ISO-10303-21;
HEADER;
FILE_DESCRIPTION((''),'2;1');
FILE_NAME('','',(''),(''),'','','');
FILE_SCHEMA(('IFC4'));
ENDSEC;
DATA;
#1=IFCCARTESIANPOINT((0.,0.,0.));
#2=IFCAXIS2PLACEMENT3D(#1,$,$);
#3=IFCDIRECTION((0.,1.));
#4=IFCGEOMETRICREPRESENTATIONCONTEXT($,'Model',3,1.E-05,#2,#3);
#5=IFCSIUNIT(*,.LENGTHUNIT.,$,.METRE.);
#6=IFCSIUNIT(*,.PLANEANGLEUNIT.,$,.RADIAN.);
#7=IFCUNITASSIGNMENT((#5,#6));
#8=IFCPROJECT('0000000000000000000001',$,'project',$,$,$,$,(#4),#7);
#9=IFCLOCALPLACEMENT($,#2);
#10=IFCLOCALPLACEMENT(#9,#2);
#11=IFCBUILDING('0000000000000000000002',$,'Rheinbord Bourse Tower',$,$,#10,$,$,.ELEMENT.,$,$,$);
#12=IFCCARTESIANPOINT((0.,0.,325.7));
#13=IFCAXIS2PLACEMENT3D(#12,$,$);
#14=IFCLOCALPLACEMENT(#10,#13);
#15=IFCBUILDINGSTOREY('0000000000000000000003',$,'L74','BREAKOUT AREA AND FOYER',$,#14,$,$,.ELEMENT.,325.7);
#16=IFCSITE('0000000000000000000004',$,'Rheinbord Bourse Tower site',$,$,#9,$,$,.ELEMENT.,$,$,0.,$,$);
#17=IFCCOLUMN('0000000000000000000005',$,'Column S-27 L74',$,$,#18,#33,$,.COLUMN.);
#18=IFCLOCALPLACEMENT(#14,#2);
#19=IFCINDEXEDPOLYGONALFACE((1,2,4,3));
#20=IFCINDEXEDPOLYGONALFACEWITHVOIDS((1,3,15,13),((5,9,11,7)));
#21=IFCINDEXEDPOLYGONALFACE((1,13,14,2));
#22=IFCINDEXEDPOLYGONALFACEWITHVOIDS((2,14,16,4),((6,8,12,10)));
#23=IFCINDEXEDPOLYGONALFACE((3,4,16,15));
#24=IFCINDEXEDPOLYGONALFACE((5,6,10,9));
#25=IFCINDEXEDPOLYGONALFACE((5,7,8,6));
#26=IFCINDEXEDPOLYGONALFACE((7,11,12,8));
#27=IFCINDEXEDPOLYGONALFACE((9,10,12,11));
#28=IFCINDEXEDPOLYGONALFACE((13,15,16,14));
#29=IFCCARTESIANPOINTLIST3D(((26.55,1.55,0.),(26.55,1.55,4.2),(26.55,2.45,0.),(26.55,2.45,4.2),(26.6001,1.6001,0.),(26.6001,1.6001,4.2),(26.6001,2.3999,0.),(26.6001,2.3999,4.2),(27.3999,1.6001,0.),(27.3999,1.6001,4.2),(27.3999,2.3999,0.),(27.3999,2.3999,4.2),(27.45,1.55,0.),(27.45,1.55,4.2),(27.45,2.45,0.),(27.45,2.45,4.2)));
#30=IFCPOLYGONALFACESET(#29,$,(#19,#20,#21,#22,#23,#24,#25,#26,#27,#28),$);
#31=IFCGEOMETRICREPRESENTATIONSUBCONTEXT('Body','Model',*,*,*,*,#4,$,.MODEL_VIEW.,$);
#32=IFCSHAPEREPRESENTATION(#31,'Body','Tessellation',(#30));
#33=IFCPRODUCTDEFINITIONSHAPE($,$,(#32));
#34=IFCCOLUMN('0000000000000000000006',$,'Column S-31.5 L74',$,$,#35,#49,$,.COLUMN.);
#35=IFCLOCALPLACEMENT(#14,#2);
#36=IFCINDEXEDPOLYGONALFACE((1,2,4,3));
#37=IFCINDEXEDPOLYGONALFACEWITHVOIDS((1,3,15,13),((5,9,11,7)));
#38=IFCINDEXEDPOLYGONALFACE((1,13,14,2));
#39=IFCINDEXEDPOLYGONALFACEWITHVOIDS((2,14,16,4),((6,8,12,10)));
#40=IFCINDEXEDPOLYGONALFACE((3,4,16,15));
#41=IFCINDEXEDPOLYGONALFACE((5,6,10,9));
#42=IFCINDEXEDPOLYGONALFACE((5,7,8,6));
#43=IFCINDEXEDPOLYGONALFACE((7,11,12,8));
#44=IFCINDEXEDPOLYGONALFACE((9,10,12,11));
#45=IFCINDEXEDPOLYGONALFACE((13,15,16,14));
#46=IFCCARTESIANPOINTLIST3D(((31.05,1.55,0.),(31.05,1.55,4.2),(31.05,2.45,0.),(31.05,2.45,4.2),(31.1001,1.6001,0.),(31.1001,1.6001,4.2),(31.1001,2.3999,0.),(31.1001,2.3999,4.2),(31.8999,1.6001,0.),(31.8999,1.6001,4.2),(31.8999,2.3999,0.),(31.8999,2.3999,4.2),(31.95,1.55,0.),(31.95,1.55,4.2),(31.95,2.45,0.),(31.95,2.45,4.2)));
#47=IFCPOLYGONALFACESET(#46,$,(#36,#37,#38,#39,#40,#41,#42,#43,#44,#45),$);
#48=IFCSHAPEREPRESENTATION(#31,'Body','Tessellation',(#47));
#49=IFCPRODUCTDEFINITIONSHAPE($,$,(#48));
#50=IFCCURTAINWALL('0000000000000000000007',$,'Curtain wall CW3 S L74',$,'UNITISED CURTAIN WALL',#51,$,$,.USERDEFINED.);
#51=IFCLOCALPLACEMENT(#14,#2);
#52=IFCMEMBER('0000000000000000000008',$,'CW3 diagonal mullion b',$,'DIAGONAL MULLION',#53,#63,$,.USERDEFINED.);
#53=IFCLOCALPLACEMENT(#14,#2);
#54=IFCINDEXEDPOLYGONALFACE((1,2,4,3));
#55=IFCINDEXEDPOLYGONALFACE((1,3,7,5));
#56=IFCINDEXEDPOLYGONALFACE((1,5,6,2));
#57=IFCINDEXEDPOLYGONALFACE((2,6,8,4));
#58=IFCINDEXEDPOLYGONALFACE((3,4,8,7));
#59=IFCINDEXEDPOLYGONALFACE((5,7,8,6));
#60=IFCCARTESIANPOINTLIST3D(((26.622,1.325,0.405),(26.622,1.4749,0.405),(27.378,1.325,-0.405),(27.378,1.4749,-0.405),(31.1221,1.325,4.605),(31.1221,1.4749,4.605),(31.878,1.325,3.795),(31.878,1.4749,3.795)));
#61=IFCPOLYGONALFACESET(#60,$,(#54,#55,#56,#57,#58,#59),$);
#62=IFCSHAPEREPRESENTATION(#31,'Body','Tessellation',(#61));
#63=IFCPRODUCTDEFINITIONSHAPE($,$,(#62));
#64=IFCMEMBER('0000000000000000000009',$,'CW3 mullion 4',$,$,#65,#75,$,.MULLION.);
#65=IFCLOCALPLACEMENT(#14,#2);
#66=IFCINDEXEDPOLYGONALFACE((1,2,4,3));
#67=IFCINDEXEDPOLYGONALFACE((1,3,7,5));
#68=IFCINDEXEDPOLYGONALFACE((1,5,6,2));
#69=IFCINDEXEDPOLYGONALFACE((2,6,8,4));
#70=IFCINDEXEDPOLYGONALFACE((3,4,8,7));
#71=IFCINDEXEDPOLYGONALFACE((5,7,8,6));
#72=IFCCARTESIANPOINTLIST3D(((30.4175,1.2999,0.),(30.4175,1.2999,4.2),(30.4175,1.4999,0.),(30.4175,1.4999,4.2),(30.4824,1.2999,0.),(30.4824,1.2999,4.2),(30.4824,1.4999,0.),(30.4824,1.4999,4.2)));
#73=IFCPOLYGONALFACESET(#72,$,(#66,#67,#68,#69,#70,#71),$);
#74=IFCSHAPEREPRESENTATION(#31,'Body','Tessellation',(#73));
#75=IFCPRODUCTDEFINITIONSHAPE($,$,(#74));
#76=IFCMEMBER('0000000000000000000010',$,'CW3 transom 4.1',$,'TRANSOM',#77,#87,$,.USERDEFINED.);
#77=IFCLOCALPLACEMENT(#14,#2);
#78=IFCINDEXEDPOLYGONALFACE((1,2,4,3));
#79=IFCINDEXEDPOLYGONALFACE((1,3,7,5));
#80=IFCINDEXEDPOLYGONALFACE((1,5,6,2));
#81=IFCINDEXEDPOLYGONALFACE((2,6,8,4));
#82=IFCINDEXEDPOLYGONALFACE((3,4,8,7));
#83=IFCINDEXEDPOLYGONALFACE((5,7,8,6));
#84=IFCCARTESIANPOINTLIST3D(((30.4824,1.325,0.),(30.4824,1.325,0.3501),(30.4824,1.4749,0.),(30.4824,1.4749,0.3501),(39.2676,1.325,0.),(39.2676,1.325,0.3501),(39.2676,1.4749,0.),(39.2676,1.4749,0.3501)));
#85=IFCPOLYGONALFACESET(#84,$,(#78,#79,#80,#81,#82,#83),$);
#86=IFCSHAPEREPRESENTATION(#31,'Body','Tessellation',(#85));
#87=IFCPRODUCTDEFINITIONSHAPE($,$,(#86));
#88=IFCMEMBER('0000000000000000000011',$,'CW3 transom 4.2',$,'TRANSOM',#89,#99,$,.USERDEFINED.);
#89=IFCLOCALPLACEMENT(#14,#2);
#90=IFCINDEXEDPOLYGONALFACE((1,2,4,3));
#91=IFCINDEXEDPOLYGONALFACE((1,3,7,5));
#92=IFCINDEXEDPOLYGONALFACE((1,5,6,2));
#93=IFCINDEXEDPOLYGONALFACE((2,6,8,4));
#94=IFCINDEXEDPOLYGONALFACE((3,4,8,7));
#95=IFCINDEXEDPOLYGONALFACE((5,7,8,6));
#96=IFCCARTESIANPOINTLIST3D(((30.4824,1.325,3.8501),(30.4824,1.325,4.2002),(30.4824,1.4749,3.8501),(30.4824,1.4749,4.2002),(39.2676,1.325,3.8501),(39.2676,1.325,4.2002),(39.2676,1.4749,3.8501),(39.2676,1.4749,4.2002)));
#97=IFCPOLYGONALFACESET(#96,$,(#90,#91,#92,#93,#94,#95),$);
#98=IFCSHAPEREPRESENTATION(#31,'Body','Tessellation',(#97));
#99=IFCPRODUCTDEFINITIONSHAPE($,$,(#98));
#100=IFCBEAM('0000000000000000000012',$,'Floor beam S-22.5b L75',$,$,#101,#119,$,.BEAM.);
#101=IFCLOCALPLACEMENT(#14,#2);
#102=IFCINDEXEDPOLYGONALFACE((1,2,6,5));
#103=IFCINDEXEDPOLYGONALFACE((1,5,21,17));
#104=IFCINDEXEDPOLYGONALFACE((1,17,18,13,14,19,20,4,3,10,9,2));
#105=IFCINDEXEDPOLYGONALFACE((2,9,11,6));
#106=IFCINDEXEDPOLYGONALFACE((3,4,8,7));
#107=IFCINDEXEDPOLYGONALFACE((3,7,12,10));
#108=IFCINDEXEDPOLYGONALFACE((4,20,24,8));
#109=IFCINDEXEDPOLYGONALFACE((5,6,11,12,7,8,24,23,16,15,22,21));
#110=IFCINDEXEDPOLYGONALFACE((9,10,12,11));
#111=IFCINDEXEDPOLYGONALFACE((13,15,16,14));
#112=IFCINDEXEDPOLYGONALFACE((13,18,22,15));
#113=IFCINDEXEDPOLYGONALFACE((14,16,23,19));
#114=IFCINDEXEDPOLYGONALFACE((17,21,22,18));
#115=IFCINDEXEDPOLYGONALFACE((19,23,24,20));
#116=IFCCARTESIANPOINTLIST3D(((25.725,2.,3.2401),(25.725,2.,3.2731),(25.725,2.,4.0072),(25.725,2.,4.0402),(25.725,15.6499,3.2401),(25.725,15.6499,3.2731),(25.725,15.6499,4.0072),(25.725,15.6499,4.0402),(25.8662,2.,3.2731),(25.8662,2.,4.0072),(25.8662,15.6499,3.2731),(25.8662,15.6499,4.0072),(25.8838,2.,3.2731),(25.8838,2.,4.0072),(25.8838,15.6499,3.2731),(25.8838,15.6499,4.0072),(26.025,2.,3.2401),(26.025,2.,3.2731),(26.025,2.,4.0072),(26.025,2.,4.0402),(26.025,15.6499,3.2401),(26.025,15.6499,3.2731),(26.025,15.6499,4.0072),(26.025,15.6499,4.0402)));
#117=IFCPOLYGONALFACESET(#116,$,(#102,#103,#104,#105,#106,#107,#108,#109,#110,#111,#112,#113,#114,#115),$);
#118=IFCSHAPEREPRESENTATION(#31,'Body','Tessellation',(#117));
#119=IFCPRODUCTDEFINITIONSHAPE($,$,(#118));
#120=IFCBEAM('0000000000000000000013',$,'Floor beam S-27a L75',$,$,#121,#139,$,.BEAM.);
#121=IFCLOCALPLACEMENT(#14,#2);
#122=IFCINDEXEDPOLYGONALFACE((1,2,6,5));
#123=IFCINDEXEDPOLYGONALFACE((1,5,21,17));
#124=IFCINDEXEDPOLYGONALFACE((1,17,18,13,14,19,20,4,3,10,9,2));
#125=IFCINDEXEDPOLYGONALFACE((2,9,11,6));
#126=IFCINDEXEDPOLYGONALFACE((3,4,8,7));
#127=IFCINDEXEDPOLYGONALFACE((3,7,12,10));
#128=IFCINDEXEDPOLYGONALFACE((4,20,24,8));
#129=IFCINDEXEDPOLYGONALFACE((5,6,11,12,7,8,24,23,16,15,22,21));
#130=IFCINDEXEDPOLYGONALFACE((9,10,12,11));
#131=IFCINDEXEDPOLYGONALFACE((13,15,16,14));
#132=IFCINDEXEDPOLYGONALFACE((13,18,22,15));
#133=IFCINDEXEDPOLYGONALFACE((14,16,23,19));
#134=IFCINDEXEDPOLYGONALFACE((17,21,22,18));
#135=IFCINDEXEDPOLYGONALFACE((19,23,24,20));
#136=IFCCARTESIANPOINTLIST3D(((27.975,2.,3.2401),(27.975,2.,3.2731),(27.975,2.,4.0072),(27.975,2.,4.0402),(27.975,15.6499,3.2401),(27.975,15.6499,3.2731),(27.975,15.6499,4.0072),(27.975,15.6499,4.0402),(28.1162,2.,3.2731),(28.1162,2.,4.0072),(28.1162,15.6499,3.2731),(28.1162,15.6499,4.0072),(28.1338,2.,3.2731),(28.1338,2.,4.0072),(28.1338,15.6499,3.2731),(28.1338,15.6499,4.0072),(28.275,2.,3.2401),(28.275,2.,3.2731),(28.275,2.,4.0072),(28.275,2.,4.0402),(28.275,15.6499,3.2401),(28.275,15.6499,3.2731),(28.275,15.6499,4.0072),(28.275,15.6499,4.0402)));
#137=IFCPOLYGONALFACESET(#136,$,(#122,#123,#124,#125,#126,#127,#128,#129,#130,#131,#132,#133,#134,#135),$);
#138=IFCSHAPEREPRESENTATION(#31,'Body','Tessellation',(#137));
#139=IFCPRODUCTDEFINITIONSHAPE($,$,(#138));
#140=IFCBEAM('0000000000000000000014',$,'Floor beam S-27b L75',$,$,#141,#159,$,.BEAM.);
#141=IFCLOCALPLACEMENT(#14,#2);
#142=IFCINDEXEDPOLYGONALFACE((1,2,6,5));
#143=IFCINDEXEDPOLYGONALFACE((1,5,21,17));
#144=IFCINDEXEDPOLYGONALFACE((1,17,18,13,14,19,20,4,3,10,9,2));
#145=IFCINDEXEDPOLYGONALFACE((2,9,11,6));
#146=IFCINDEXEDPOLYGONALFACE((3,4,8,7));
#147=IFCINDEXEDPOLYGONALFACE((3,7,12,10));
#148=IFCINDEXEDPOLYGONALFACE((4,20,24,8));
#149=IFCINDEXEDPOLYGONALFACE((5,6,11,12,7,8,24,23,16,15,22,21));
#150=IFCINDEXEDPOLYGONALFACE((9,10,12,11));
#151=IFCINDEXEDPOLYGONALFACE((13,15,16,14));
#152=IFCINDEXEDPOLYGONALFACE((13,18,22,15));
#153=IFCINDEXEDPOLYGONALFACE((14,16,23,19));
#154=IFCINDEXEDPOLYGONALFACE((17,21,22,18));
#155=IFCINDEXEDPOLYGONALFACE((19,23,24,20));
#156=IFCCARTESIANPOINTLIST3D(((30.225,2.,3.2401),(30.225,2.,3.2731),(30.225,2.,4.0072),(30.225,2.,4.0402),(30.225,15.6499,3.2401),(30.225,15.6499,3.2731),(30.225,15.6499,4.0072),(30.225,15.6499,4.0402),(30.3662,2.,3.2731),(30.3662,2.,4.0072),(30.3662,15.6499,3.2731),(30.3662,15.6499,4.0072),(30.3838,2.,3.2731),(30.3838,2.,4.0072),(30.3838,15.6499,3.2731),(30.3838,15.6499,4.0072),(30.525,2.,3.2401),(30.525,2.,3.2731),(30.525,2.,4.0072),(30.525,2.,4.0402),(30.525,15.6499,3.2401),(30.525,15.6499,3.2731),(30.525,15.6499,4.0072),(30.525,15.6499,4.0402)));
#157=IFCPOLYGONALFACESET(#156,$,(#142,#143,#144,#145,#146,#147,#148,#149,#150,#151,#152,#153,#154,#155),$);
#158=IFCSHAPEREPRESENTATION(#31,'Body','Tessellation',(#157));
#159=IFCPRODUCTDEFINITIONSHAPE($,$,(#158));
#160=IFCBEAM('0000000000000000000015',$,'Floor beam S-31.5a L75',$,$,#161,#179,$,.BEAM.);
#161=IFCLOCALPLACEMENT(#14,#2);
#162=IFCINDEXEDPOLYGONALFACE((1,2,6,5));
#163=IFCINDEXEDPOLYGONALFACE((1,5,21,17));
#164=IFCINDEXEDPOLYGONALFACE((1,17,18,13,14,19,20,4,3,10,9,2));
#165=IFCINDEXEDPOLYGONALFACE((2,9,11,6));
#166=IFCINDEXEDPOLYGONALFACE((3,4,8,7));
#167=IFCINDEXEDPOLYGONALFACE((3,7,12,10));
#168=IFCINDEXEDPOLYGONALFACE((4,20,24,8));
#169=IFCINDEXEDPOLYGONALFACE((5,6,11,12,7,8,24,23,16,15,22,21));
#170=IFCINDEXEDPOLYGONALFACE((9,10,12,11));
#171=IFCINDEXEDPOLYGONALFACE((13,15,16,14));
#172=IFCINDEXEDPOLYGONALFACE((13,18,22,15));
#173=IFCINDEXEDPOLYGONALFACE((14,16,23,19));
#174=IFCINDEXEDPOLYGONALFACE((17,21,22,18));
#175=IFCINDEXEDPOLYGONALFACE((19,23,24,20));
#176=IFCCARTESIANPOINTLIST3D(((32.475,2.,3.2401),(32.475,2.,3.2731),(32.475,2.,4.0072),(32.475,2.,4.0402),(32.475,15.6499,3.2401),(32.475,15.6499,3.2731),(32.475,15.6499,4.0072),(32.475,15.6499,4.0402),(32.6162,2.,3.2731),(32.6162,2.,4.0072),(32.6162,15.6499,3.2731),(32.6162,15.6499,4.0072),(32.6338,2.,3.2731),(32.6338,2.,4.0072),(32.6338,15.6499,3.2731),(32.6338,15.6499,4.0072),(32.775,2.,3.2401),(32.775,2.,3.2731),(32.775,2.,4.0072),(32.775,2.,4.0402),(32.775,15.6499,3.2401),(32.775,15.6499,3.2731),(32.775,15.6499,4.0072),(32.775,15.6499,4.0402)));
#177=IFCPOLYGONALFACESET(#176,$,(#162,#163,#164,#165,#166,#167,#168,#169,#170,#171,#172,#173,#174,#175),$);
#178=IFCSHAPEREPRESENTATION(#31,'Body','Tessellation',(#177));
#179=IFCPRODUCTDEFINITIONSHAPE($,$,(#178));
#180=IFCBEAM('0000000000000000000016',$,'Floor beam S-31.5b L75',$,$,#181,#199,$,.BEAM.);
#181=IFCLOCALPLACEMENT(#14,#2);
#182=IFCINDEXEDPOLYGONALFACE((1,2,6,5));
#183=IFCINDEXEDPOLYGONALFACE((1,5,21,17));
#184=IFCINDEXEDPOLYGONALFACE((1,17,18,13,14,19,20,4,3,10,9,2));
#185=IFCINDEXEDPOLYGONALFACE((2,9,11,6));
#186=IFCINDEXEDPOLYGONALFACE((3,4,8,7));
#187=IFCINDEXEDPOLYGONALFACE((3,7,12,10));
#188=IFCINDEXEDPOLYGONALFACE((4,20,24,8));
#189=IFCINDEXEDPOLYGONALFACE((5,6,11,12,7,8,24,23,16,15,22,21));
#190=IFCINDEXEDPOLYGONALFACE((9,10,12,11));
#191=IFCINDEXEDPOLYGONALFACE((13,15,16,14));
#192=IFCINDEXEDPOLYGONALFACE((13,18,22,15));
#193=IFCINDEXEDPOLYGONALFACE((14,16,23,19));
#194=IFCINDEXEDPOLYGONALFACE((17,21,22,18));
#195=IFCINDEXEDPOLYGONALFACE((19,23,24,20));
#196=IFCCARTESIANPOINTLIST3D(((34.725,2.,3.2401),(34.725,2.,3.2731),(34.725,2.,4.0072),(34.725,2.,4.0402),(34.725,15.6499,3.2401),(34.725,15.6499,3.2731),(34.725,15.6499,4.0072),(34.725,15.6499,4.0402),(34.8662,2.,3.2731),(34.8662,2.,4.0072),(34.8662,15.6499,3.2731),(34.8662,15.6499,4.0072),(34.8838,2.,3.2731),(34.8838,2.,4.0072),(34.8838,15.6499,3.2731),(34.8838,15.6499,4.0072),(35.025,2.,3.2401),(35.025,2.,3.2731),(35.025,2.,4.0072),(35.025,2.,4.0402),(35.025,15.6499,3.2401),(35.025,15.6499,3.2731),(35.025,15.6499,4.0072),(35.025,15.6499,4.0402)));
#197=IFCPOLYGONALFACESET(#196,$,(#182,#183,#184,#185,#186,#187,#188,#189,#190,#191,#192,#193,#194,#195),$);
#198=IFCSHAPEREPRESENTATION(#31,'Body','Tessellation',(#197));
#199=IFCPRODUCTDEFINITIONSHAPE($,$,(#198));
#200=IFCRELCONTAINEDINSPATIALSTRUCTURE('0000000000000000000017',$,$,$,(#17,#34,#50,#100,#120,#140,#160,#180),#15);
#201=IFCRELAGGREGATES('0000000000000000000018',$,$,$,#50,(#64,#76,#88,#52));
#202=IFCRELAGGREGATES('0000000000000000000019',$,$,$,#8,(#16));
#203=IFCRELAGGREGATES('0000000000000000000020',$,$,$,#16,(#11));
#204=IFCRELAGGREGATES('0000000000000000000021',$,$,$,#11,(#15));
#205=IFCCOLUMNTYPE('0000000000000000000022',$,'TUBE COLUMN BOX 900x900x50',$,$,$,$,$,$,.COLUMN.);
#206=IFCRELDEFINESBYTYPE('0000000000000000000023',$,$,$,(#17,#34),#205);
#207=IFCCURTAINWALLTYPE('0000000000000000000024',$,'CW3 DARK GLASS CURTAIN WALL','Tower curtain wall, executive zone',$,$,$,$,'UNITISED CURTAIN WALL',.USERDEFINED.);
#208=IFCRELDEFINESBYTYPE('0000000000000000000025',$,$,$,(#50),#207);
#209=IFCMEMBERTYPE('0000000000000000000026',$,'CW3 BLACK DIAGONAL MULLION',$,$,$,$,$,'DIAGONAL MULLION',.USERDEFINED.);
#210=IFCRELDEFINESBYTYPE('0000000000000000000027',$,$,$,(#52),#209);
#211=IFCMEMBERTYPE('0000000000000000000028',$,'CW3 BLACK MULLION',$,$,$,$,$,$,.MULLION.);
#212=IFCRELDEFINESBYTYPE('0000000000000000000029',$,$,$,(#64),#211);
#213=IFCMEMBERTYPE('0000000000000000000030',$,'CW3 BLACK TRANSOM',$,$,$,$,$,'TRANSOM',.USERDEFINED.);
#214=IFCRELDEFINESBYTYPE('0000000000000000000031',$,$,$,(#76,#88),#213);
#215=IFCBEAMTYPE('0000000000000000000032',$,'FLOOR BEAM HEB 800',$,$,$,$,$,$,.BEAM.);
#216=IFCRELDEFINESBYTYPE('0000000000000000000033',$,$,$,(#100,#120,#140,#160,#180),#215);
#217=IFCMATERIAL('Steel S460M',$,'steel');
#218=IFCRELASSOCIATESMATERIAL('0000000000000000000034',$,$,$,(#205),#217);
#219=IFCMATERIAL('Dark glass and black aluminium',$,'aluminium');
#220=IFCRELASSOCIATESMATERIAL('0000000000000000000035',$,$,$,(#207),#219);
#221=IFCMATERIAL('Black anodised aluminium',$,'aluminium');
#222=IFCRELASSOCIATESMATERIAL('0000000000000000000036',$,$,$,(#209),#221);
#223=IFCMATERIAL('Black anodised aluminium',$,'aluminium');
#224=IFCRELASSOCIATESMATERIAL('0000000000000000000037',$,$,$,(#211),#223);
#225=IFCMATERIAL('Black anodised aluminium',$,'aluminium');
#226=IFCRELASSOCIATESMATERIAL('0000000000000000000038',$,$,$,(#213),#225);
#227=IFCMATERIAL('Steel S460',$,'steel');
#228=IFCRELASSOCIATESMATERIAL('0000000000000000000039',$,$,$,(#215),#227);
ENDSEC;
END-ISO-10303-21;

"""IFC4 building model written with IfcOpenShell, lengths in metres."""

from ifc_helpers import new_model, si_unit, direction, frame, origin, origin_2d, place, context, subcontext, project, spatial, rectangle, hollow_rectangle, i_section, extrude, material, material_profile, profile_set, type_object, element, aggregate, save


model = new_model("IFC4")

# Units and contexts
model_context = context("Model", 3, precision=1e-05, world=origin(), true_north=direction((0.0, 1.0)))
body_context = subcontext(model_context, "Body", "Model", "MODEL_VIEW")
ifc_project = project(units=[si_unit("LENGTHUNIT", "METRE"), si_unit("PLANEANGLEUNIT", "RADIAN")], contexts=[model_context])

# Site, building, storey
site_placement = place(None, origin())
site = spatial("IfcSite", under=ifc_project, at=site_placement, Name="Rheinbord Bourse Tower site", CompositionType="ELEMENT", RefElevation=0.0)
building_placement = place(site_placement, origin())
building = spatial("IfcBuilding", under=site, at=building_placement, Name="Rheinbord Bourse Tower", CompositionType="ELEMENT")
storey_placement = place(building_placement, frame((0.0, 0.0, 325.7)))
storey = spatial("IfcBuildingStorey", under=building, at=storey_placement, Name="L74", Description="BREAKOUT AREA AND FOYER", CompositionType="ELEMENT", Elevation=325.7)

# Columns
ifc_material_1 = material(Name="Steel S460M", Category="steel")
ifc_material_profile_1 = material_profile(ifc_material_1, hollow_rectangle(XDim=0.8999, YDim=0.8999, WallThickness=0.05, at=origin_2d()), Name="BOX 900x900x50")
ifc_profile_set_1 = profile_set([ifc_material_profile_1], Name="Steel S460M")
column_type = type_object("IfcColumnType", Name="TUBE COLUMN BOX 900x900x50", PredefinedType="COLUMN", material=ifc_profile_set_1)
for number, where, z_axis, x_axis, name in (
    (1, (27.0, 2.0, 0.0), (0.0, 0.0, 1.0), (0.0, 1.0, 0.0), "Column S-27 L74"),
    (2, (31.5, 2.0, 0.0), (0.0, 0.0, 1.0), (0.0, 1.0, 0.0), "Column S-31.5 L74"),
):
    element("IfcColumn", number, at=place(storey_placement, frame(where, z_axis=z_axis, x_axis=x_axis)), inside=storey, type_object=column_type, Name=name, PredefinedType="COLUMN", context=body_context, shape_type="SweptSolid", body=[
        extrude(hollow_rectangle(XDim=0.8999, YDim=0.8999, WallThickness=0.05, at=origin_2d()), origin(), (0.0, 0.0, 1.0), 4.2),
    ])

# Curtain wall, members
ifc_material_2 = material(Name="Dark glass and black aluminium", Category="aluminium")
curtain_wall_type = type_object("IfcCurtainWallType", Name="CW3 DARK GLASS CURTAIN WALL", Description="Tower curtain wall, executive zone", ElementType="UNITISED CURTAIN WALL", PredefinedType="USERDEFINED", material=ifc_material_2)
curtain_wall_placement = place(storey_placement, origin())
curtain_wall = element("IfcCurtainWall", 3, at=curtain_wall_placement, inside=storey, type_object=curtain_wall_type, Name="Curtain wall CW3 S L74", ObjectType="UNITISED CURTAIN WALL", PredefinedType="USERDEFINED")
ifc_material_3 = material(Name="Black anodised aluminium", Category="aluminium")
ifc_material_profile_2 = material_profile(ifc_material_3, rectangle(XDim=0.1499, YDim=1.1079, at=origin_2d()), Name="CW3 DIAGONAL MULLION 1108x150")
ifc_profile_set_2 = profile_set([ifc_material_profile_2], Name="Black anodised aluminium")
member_type_1 = type_object("IfcMemberType", Name="CW3 BLACK DIAGONAL MULLION", ElementType="DIAGONAL MULLION", PredefinedType="USERDEFINED", material=ifc_profile_set_2)
member_1_placement = place(storey_placement, frame((27.0, 1.3999, 0.0), z_axis=(0.731059, 0.0, 0.682314), x_axis=(0.0, 1.0, 0.0)))
member_1 = element("IfcMember", 4, at=member_1_placement, type_object=member_type_1, Name="CW3 diagonal mullion b", ObjectType="DIAGONAL MULLION", PredefinedType="USERDEFINED", context=body_context, shape_type="SweptSolid", body=[
    extrude(rectangle(XDim=0.1499, YDim=1.1079, at=origin_2d()), origin(), (0.0, 0.0, 1.0), 6.1555),
])
ifc_material_4 = material(Name="Black anodised aluminium", Category="aluminium")
ifc_material_profile_3 = material_profile(ifc_material_4, rectangle(XDim=0.2, YDim=0.0649, at=origin_2d()), Name="CW3 MULLION 65x200")
ifc_profile_set_3 = profile_set([ifc_material_profile_3], Name="Black anodised aluminium")
member_type_2 = type_object("IfcMemberType", Name="CW3 BLACK MULLION", PredefinedType="MULLION", material=ifc_profile_set_3)
member_2_placement = place(storey_placement, frame((30.45, 1.3999, 0.0), z_axis=(0.0, 0.0, 1.0), x_axis=(0.0, 1.0, 0.0)))
member_2 = element("IfcMember", 5, at=member_2_placement, type_object=member_type_2, Name="CW3 mullion 4", PredefinedType="MULLION", context=body_context, shape_type="SweptSolid", body=[
    extrude(rectangle(XDim=0.2, YDim=0.0649, at=origin_2d()), origin(), (0.0, 0.0, 1.0), 4.2),
])
ifc_material_5 = material(Name="Black anodised aluminium", Category="aluminium")
ifc_material_profile_4 = material_profile(ifc_material_5, rectangle(XDim=0.1499, YDim=0.3501, at=origin_2d()), Name="CW3 TRANSOM 350x150")
ifc_profile_set_4 = profile_set([ifc_material_profile_4], Name="Black anodised aluminium")
member_type_3 = type_object("IfcMemberType", Name="CW3 BLACK TRANSOM", ElementType="TRANSOM", PredefinedType="USERDEFINED", material=ifc_profile_set_4)
member_3_placement = place(storey_placement, frame((30.4824, 1.3999, 0.175), z_axis=(1.0, 0.0, 0.0), x_axis=(0.0, 1.0, 0.0)))
member_3 = element("IfcMember", 6, at=member_3_placement, type_object=member_type_3, Name="CW3 transom 4.1", ObjectType="TRANSOM", PredefinedType="USERDEFINED", context=body_context, shape_type="SweptSolid", body=[
    extrude(rectangle(XDim=0.1499, YDim=0.3501, at=origin_2d()), origin(), (0.0, 0.0, 1.0), 8.7852),
])
member_4_placement = place(storey_placement, frame((30.4824, 1.3999, 4.0251), z_axis=(1.0, 0.0, 0.0), x_axis=(0.0, 1.0, 0.0)))
member_4 = element("IfcMember", 7, at=member_4_placement, type_object=member_type_3, Name="CW3 transom 4.2", ObjectType="TRANSOM", PredefinedType="USERDEFINED", context=body_context, shape_type="SweptSolid", body=[
    extrude(rectangle(XDim=0.1499, YDim=0.3501, at=origin_2d()), origin(), (0.0, 0.0, 1.0), 8.7852),
])

# Beams
ifc_material_6 = material(Name="Steel S460", Category="steel")
ifc_material_profile_5 = material_profile(ifc_material_6, i_section(OverallWidth=0.3, OverallDepth=0.8, WebThickness=0.0176, FlangeThickness=0.033, at=origin_2d()), Name="HEB 800")
ifc_profile_set_5 = profile_set([ifc_material_profile_5], Name="Steel S460")
beam_type_1 = type_object("IfcBeamType", Name="FLOOR BEAM HEB 800", PredefinedType="BEAM", material=ifc_profile_set_5)
for number, where, z_axis, x_axis, name in (
    (8, (25.875, 2.0, 3.6401), (0.0, 1.0, 0.0), (-1.0, 0.0, 0.0), "Floor beam S-22.5b L75"),
    (9, (28.125, 2.0, 3.6401), (0.0, 1.0, 0.0), (-1.0, 0.0, 0.0), "Floor beam S-27a L75"),
    (10, (30.375, 2.0, 3.6401), (0.0, 1.0, 0.0), (-1.0, 0.0, 0.0), "Floor beam S-27b L75"),
    (11, (32.625, 2.0, 3.6401), (0.0, 1.0, 0.0), (-1.0, 0.0, 0.0), "Floor beam S-31.5a L75"),
    (12, (34.875, 2.0, 3.6401), (0.0, 1.0, 0.0), (-1.0, 0.0, 0.0), "Floor beam S-31.5b L75"),
):
    element("IfcBeam", number, at=place(storey_placement, frame(where, z_axis=z_axis, x_axis=x_axis)), inside=storey, type_object=beam_type_1, Name=name, PredefinedType="BEAM", context=body_context, shape_type="SweptSolid", body=[
        extrude(i_section(OverallWidth=0.3, OverallDepth=0.8, WebThickness=0.0176, FlangeThickness=0.033, at=origin_2d()), origin(), (0.0, 0.0, 1.0), 13.6499),
    ])

aggregate(curtain_wall, [member_2, member_3, member_4, member_1])

save(model, "model.ifc")
